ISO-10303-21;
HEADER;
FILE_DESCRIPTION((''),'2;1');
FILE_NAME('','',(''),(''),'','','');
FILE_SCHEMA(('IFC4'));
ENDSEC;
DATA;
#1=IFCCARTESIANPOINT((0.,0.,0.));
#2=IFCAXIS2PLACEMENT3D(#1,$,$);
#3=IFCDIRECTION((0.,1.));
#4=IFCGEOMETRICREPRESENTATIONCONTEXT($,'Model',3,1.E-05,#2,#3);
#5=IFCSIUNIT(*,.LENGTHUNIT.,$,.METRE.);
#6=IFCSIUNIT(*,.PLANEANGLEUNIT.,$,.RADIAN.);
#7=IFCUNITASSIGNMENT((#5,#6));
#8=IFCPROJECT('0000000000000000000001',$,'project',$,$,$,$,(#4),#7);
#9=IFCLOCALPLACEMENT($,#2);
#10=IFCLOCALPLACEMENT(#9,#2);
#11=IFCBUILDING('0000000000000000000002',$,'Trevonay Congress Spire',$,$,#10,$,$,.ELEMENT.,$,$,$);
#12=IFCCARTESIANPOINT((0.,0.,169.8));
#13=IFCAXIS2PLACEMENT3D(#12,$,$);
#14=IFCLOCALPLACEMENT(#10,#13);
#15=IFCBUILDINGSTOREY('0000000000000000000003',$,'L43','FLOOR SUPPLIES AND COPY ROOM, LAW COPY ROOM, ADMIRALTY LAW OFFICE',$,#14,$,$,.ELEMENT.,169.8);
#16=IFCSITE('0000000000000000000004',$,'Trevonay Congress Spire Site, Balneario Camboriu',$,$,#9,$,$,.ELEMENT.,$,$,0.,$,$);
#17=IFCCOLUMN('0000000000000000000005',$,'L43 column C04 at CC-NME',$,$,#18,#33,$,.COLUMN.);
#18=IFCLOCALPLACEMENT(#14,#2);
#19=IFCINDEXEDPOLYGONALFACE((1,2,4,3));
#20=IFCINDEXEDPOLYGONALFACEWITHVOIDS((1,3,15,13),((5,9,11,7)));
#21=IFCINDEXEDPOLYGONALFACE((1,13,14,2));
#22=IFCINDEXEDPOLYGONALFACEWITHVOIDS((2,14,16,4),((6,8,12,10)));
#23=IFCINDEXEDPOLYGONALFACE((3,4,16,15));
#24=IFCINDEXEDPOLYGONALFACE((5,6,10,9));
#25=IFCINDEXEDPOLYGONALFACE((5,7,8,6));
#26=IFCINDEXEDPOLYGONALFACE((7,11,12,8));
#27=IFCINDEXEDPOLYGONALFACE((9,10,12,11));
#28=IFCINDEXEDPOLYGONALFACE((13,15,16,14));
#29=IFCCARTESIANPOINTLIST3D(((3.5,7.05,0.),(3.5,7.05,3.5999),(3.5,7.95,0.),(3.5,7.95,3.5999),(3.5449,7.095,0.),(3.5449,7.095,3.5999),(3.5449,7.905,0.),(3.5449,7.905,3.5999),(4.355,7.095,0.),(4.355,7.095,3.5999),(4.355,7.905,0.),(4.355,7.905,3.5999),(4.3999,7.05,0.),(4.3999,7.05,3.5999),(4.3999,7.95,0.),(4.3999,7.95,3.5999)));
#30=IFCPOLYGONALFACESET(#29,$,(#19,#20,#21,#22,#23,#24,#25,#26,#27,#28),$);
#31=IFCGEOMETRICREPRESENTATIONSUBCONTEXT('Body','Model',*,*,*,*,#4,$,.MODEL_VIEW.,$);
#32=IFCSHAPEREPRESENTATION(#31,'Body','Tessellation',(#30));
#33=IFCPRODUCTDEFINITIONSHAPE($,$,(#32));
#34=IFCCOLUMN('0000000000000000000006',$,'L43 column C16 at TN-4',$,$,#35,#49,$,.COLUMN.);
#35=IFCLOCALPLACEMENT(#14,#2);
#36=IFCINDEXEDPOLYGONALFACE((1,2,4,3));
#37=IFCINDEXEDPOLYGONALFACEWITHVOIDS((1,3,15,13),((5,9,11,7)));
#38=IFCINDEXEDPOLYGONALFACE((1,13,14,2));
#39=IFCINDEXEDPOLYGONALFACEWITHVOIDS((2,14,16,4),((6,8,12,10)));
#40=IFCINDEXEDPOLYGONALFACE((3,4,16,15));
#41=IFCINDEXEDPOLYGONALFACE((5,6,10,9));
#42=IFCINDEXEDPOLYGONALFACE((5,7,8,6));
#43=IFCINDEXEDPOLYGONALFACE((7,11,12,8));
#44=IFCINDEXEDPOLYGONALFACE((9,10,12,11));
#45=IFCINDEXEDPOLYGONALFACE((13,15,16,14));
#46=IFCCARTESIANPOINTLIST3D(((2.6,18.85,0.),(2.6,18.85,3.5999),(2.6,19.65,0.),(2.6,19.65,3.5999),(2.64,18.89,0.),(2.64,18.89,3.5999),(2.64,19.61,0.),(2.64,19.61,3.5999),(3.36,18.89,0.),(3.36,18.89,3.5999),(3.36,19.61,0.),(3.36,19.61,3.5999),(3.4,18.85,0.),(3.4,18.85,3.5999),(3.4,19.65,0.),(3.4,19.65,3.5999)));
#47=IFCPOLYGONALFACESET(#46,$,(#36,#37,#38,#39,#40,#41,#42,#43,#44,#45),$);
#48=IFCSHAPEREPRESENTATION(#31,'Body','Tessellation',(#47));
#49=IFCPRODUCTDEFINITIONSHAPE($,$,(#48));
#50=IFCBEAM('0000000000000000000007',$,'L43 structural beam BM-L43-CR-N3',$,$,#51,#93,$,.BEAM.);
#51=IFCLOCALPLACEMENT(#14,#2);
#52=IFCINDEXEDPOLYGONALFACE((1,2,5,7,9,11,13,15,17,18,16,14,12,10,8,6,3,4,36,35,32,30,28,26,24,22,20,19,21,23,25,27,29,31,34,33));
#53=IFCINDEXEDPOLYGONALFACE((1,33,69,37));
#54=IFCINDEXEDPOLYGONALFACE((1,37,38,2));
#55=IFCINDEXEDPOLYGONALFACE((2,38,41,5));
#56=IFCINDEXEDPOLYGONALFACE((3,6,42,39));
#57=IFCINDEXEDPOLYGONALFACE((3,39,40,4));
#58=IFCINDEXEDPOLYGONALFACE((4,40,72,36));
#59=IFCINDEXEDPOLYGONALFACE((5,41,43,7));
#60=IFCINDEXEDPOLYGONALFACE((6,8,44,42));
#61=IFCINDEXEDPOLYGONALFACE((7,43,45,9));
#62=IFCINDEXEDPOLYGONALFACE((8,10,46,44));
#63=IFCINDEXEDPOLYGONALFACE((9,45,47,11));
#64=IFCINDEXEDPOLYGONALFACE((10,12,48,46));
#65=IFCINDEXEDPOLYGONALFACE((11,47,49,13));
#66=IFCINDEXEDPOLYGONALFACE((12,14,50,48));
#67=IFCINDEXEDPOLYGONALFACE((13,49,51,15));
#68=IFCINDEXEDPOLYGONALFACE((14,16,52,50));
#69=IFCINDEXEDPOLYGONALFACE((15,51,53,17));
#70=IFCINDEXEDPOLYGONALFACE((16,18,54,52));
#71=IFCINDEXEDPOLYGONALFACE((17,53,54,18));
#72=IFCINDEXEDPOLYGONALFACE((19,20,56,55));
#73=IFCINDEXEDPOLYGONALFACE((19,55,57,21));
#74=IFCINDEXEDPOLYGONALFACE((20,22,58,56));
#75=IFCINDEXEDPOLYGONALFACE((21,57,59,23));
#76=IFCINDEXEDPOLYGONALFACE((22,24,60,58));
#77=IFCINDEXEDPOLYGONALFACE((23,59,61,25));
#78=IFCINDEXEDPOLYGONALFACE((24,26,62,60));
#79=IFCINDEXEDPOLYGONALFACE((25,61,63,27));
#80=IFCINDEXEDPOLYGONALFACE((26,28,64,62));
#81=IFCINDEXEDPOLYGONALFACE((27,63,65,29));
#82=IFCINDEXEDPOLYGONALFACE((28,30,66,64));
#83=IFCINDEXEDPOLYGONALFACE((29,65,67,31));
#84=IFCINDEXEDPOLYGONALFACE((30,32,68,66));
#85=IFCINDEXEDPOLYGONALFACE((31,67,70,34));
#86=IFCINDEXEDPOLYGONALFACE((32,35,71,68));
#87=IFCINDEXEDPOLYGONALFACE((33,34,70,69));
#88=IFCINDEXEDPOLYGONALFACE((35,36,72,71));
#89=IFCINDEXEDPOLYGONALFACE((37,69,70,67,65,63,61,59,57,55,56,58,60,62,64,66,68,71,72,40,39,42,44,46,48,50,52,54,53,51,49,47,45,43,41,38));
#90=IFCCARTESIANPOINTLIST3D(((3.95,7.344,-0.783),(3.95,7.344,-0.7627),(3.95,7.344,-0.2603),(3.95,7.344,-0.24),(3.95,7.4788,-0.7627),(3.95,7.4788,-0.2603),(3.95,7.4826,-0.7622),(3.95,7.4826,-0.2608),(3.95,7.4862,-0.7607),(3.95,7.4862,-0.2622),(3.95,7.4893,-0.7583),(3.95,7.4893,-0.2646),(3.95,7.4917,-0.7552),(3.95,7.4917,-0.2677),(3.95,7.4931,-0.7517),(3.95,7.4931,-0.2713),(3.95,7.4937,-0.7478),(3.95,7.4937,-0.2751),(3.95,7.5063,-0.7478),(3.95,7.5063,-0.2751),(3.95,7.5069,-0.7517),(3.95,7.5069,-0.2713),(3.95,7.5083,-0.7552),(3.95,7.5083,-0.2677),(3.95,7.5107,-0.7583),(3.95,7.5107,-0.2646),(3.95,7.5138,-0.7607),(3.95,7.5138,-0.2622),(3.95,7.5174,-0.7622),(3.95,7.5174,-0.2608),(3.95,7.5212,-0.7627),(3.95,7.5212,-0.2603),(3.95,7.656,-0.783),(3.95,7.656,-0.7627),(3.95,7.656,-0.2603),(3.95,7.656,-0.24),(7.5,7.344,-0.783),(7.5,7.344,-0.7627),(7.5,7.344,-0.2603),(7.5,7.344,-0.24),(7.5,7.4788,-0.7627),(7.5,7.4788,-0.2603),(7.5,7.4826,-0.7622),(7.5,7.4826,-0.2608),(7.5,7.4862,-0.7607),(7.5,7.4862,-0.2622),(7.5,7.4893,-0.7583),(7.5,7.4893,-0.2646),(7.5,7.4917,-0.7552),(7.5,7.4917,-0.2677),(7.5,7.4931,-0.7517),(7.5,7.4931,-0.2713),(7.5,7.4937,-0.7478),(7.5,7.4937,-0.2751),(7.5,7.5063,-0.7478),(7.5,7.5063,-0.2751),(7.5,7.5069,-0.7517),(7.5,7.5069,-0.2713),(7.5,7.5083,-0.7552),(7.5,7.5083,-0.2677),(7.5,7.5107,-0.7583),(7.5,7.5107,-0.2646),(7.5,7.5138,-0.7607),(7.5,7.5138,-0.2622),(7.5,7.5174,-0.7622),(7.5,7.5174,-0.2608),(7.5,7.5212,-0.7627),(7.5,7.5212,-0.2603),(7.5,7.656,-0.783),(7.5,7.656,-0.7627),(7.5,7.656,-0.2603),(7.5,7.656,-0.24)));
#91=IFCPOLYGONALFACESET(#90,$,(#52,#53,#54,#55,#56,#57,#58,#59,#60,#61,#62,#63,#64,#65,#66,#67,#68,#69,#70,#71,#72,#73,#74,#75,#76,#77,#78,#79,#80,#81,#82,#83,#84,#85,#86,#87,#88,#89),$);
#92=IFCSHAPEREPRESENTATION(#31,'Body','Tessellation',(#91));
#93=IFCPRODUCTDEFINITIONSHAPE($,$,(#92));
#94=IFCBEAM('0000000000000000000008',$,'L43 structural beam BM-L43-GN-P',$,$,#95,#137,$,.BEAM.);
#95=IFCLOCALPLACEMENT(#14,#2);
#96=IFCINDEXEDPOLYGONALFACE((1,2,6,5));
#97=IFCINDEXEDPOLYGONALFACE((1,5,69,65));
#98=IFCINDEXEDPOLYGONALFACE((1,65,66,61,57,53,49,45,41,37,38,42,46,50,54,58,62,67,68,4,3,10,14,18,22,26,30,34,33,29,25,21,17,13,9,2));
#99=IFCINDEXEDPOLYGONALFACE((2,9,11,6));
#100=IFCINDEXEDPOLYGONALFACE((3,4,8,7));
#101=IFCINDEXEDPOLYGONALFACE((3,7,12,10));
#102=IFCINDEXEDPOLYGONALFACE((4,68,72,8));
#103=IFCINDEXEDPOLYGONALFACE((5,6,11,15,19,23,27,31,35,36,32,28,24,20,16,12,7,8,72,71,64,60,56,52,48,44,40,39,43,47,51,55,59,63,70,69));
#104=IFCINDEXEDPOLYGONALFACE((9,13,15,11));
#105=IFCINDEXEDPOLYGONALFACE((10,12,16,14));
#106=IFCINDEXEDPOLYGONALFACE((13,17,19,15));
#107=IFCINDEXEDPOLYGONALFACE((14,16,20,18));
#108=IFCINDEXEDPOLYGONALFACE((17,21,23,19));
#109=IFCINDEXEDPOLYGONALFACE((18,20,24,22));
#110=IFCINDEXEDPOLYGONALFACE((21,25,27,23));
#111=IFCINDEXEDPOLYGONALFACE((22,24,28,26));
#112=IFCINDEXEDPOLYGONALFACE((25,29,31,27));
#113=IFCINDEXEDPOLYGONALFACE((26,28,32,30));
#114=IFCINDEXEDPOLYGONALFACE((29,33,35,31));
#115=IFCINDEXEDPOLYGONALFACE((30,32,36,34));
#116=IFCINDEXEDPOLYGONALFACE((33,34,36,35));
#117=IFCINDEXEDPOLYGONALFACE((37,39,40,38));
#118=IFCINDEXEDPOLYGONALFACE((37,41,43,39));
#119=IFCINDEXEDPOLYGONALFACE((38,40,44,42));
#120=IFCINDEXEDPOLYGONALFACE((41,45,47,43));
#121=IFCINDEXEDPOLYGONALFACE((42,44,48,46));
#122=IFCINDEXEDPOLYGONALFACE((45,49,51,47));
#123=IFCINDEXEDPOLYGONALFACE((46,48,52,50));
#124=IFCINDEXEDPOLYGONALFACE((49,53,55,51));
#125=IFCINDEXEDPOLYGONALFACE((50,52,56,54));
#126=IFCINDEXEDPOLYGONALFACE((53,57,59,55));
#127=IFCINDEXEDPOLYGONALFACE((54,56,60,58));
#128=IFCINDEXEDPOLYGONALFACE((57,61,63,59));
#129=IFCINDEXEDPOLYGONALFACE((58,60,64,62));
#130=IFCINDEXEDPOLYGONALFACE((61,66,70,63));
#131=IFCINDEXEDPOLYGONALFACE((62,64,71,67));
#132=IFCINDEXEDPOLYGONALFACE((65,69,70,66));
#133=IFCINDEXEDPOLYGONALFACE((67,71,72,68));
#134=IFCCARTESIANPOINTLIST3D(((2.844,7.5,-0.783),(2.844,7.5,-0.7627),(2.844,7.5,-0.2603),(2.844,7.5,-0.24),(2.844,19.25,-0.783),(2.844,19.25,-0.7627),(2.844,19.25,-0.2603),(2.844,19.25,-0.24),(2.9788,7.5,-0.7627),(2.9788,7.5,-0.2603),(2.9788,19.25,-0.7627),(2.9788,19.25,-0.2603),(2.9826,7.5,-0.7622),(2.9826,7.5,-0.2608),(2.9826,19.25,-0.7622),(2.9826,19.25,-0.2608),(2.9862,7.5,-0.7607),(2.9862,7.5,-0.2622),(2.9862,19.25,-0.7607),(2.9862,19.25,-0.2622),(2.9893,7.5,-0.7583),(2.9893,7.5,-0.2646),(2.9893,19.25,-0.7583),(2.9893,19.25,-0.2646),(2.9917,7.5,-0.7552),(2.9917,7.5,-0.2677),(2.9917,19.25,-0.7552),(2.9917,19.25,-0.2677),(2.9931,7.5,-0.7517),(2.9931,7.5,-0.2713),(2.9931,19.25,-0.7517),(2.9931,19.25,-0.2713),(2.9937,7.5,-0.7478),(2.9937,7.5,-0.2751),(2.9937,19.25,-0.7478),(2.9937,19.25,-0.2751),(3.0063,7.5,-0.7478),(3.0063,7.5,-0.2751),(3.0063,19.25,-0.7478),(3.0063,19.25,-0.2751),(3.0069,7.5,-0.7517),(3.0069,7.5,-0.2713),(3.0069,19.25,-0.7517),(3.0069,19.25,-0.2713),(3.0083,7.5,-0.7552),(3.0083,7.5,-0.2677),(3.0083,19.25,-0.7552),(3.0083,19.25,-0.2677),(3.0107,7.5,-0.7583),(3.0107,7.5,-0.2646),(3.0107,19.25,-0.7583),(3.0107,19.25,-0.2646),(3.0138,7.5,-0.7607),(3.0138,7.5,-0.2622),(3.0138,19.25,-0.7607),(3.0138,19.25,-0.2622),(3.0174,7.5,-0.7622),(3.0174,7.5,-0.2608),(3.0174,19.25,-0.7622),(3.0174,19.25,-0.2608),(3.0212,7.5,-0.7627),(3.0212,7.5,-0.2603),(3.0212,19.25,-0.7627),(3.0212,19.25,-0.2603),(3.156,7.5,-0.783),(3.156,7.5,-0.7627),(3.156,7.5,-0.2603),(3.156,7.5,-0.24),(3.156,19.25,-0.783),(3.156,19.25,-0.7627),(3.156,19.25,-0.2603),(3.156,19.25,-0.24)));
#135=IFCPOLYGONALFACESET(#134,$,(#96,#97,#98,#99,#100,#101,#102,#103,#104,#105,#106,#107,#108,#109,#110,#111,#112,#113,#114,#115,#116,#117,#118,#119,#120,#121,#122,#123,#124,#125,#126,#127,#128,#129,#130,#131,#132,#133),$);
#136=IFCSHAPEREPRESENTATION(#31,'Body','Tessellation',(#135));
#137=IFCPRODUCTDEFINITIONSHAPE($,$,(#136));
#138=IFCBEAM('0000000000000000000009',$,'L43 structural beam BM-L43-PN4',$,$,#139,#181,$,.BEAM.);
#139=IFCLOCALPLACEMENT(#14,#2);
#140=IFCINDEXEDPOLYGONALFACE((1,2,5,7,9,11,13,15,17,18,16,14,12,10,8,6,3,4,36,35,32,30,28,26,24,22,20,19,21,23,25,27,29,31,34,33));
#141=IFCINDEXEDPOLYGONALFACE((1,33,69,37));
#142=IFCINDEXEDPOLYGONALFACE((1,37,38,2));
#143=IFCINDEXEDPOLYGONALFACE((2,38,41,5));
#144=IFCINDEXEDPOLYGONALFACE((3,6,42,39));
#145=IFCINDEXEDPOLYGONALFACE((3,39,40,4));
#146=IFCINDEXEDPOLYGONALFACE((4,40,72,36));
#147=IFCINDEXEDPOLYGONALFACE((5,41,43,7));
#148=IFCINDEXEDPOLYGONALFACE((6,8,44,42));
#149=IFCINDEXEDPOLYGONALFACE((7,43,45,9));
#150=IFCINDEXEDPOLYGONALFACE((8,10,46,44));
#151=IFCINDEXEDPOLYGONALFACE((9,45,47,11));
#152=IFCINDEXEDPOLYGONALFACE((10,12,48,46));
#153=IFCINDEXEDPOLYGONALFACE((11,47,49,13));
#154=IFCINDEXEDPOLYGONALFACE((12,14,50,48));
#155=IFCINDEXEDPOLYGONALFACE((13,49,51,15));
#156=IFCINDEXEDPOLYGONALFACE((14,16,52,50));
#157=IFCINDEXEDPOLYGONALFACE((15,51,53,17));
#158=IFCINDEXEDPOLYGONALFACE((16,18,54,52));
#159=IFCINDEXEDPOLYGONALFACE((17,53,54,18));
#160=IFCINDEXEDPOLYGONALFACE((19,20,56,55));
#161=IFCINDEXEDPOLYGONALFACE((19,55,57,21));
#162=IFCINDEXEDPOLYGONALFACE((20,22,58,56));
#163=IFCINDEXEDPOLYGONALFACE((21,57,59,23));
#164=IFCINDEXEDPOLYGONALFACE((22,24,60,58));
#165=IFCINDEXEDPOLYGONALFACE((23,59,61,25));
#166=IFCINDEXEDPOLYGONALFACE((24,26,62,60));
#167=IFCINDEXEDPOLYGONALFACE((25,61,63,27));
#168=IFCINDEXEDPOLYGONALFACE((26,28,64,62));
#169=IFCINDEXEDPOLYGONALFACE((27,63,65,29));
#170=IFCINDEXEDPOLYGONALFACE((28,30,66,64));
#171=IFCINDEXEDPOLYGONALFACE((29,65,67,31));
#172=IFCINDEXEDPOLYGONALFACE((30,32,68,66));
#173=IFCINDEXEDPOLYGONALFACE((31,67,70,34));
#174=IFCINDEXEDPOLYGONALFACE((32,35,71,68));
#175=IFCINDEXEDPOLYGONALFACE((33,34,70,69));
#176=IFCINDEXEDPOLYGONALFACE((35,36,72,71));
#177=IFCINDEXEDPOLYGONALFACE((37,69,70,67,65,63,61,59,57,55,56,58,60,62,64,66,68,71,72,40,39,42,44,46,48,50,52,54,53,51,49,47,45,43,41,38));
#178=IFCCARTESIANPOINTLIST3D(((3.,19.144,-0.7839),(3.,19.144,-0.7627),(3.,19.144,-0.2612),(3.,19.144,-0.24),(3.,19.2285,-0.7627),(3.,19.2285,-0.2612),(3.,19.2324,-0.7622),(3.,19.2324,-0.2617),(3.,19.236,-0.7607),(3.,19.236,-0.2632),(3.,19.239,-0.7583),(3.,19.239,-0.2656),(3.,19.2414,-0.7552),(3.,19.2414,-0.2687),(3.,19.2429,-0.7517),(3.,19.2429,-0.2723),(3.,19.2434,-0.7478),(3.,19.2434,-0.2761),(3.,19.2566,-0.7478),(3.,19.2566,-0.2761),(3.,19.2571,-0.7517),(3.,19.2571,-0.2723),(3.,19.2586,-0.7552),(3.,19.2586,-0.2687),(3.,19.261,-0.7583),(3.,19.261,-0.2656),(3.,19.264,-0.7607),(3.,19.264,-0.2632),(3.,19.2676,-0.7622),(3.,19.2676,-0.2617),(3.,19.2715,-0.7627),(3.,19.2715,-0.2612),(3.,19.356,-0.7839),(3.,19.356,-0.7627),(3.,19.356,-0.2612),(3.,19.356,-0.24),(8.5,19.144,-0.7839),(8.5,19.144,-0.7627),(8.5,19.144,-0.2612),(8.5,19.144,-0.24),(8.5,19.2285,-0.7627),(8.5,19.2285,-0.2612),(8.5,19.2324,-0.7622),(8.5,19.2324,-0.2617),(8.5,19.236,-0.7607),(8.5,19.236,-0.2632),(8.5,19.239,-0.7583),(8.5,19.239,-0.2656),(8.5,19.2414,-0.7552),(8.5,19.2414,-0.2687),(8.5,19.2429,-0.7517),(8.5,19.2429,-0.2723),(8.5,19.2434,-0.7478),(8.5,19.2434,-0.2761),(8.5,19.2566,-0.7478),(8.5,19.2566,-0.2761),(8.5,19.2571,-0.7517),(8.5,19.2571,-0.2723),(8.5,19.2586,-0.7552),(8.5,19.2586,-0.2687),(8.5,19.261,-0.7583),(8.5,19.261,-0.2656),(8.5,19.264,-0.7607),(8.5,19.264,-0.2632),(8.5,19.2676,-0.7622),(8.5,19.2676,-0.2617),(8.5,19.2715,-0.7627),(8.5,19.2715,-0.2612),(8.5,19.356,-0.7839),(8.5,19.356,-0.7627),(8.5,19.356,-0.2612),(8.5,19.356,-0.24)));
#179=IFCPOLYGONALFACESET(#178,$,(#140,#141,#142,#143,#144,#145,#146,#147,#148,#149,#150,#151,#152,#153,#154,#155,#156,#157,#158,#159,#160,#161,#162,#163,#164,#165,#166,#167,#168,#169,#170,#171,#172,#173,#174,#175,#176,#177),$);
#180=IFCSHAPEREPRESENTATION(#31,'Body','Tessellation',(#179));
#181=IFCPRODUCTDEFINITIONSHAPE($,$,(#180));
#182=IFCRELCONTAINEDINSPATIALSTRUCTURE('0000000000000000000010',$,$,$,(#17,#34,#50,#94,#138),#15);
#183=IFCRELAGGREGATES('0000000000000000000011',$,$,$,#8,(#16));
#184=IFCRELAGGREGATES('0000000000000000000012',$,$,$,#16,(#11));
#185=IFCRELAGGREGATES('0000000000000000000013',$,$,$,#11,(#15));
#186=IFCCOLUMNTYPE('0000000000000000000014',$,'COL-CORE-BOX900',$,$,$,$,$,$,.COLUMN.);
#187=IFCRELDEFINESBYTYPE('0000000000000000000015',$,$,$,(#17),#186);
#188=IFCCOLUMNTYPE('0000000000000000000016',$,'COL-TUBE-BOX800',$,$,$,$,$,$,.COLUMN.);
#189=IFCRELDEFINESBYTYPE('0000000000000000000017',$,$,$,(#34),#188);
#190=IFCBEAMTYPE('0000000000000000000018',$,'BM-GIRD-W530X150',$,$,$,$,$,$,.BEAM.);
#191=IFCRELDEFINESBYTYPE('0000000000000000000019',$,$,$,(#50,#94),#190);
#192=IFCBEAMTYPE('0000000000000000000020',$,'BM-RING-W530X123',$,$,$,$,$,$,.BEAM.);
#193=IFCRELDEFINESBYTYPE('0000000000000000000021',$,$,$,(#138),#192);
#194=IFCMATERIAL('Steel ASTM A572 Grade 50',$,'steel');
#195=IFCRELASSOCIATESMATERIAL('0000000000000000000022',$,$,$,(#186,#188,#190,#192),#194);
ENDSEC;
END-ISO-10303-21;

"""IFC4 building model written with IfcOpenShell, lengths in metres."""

from ifc_helpers import new_model, si_unit, direction, frame, origin, origin_2d, place, context, subcontext, project, spatial, hollow_rectangle, i_section, extrude, material, material_profile, profile_set, type_object, element, save


model = new_model("IFC4")

# Units and contexts
model_context = context("Model", 3, precision=1e-05, world=origin(), true_north=direction((0.0, 1.0)))
body_context = subcontext(model_context, "Body", "Model", "MODEL_VIEW")
ifc_project = project(units=[si_unit("LENGTHUNIT", "METRE"), si_unit("PLANEANGLEUNIT", "RADIAN")], contexts=[model_context])

# Site, building, storey
site_placement = place(None, origin())
site = spatial("IfcSite", under=ifc_project, at=site_placement, Name="Trevonay Congress Spire Site, Balneario Camboriu", CompositionType="ELEMENT", RefElevation=0.0)
building_placement = place(site_placement, origin())
building = spatial("IfcBuilding", under=site, at=building_placement, Name="Trevonay Congress Spire", CompositionType="ELEMENT")
storey_placement = place(building_placement, frame((0.0, 0.0, 169.8)))
storey = spatial("IfcBuildingStorey", under=building, at=storey_placement, Name="L43", Description="FLOOR SUPPLIES AND COPY ROOM, LAW COPY ROOM, ADMIRALTY LAW OFFICE", CompositionType="ELEMENT", Elevation=169.8)

# Columns
ifc_material_1 = material(Name="Steel ASTM A572 Grade 50", Category="steel")
ifc_material_profile_1 = material_profile(ifc_material_1, hollow_rectangle(XDim=0.8999, YDim=0.8999, WallThickness=0.0449, at=origin_2d()), Name="BOX 900x900x45")
ifc_profile_set_1 = profile_set([ifc_material_profile_1], Name="Steel ASTM A572 Grade 50")
column_type_1 = type_object("IfcColumnType", Name="COL-CORE-BOX900", PredefinedType="COLUMN", material=ifc_profile_set_1)
column_1_placement = place(storey_placement, frame((3.95, 7.5, 0.0), z_axis=(0.0, 0.0, 1.0), x_axis=(1.0, 0.0, 0.0)))
element("IfcColumn", 1, at=column_1_placement, inside=storey, type_object=column_type_1, Name="L43 column C04 at CC-NME", PredefinedType="COLUMN", context=body_context, shape_type="SweptSolid", body=[
    extrude(hollow_rectangle(XDim=0.8999, YDim=0.8999, WallThickness=0.0449, at=origin_2d()), origin(), (0.0, 0.0, 1.0), 3.5999),
])
ifc_material_profile_2 = material_profile(ifc_material_1, hollow_rectangle(XDim=0.8, YDim=0.8, WallThickness=0.04, at=origin_2d()), Name="BOX 800x800x40")
ifc_profile_set_2 = profile_set([ifc_material_profile_2], Name="Steel ASTM A572 Grade 50")
column_type_2 = type_object("IfcColumnType", Name="COL-TUBE-BOX800", PredefinedType="COLUMN", material=ifc_profile_set_2)
column_2_placement = place(storey_placement, frame((3.0, 19.25, 0.0), z_axis=(0.0, 0.0, 1.0), x_axis=(1.0, 0.0, 0.0)))
element("IfcColumn", 2, at=column_2_placement, inside=storey, type_object=column_type_2, Name="L43 column C16 at TN-4", PredefinedType="COLUMN", context=body_context, shape_type="SweptSolid", body=[
    extrude(hollow_rectangle(XDim=0.8, YDim=0.8, WallThickness=0.04, at=origin_2d()), origin(), (0.0, 0.0, 1.0), 3.5999),
])

# Beams
ifc_material_profile_3 = material_profile(ifc_material_1, i_section(OverallWidth=0.312, OverallDepth=0.543, WebThickness=0.0127, FlangeThickness=0.0203, FilletRadius=0.0149, at=origin_2d()), Name="W530x150")
ifc_profile_set_3 = profile_set([ifc_material_profile_3], Name="Steel ASTM A572 Grade 50")
beam_type_1 = type_object("IfcBeamType", Name="BM-GIRD-W530X150", PredefinedType="BEAM", material=ifc_profile_set_3)
beam_1_placement = place(storey_placement, frame((3.95, 7.5, -0.5115), z_axis=(1.0, 0.0, 0.0), x_axis=(0.0, 1.0, 0.0)))
element("IfcBeam", 3, at=beam_1_placement, inside=storey, type_object=beam_type_1, Name="L43 structural beam BM-L43-CR-N3", PredefinedType="BEAM", context=body_context, shape_type="SweptSolid", body=[
    extrude(i_section(OverallWidth=0.312, OverallDepth=0.543, WebThickness=0.0127, FlangeThickness=0.0203, FilletRadius=0.0149, at=origin_2d()), origin(), (0.0, 0.0, 1.0), 3.55),
])
beam_2_placement = place(storey_placement, frame((3.0, 7.5, -0.5115), z_axis=(0.0, 1.0, 0.0), x_axis=(-1.0, 0.0, 0.0)))
element("IfcBeam", 4, at=beam_2_placement, inside=storey, type_object=beam_type_1, Name="L43 structural beam BM-L43-GN-P", PredefinedType="BEAM", context=body_context, shape_type="SweptSolid", body=[
    extrude(i_section(OverallWidth=0.312, OverallDepth=0.543, WebThickness=0.0127, FlangeThickness=0.0203, FilletRadius=0.0149, at=origin_2d()), origin(), (0.0, 0.0, 1.0), 11.75),
])
ifc_material_profile_4 = material_profile(ifc_material_1, i_section(OverallWidth=0.2119, OverallDepth=0.5439, WebThickness=0.0132, FlangeThickness=0.0212, FilletRadius=0.0149, at=origin_2d()), Name="W530x123")
ifc_profile_set_4 = profile_set([ifc_material_profile_4], Name="Steel ASTM A572 Grade 50")
beam_type_2 = type_object("IfcBeamType", Name="BM-RING-W530X123", PredefinedType="BEAM", material=ifc_profile_set_4)
beam_3_placement = place(storey_placement, frame((3.0, 19.25, -0.512), z_axis=(1.0, 0.0, 0.0), x_axis=(0.0, 1.0, 0.0)))
element("IfcBeam", 5, at=beam_3_placement, inside=storey, type_object=beam_type_2, Name="L43 structural beam BM-L43-PN4", PredefinedType="BEAM", context=body_context, shape_type="SweptSolid", body=[
    extrude(i_section(OverallWidth=0.2119, OverallDepth=0.5439, WebThickness=0.0132, FlangeThickness=0.0212, FilletRadius=0.0149, at=origin_2d()), origin(), (0.0, 0.0, 1.0), 5.5),
])

save(model, "model.ifc")
